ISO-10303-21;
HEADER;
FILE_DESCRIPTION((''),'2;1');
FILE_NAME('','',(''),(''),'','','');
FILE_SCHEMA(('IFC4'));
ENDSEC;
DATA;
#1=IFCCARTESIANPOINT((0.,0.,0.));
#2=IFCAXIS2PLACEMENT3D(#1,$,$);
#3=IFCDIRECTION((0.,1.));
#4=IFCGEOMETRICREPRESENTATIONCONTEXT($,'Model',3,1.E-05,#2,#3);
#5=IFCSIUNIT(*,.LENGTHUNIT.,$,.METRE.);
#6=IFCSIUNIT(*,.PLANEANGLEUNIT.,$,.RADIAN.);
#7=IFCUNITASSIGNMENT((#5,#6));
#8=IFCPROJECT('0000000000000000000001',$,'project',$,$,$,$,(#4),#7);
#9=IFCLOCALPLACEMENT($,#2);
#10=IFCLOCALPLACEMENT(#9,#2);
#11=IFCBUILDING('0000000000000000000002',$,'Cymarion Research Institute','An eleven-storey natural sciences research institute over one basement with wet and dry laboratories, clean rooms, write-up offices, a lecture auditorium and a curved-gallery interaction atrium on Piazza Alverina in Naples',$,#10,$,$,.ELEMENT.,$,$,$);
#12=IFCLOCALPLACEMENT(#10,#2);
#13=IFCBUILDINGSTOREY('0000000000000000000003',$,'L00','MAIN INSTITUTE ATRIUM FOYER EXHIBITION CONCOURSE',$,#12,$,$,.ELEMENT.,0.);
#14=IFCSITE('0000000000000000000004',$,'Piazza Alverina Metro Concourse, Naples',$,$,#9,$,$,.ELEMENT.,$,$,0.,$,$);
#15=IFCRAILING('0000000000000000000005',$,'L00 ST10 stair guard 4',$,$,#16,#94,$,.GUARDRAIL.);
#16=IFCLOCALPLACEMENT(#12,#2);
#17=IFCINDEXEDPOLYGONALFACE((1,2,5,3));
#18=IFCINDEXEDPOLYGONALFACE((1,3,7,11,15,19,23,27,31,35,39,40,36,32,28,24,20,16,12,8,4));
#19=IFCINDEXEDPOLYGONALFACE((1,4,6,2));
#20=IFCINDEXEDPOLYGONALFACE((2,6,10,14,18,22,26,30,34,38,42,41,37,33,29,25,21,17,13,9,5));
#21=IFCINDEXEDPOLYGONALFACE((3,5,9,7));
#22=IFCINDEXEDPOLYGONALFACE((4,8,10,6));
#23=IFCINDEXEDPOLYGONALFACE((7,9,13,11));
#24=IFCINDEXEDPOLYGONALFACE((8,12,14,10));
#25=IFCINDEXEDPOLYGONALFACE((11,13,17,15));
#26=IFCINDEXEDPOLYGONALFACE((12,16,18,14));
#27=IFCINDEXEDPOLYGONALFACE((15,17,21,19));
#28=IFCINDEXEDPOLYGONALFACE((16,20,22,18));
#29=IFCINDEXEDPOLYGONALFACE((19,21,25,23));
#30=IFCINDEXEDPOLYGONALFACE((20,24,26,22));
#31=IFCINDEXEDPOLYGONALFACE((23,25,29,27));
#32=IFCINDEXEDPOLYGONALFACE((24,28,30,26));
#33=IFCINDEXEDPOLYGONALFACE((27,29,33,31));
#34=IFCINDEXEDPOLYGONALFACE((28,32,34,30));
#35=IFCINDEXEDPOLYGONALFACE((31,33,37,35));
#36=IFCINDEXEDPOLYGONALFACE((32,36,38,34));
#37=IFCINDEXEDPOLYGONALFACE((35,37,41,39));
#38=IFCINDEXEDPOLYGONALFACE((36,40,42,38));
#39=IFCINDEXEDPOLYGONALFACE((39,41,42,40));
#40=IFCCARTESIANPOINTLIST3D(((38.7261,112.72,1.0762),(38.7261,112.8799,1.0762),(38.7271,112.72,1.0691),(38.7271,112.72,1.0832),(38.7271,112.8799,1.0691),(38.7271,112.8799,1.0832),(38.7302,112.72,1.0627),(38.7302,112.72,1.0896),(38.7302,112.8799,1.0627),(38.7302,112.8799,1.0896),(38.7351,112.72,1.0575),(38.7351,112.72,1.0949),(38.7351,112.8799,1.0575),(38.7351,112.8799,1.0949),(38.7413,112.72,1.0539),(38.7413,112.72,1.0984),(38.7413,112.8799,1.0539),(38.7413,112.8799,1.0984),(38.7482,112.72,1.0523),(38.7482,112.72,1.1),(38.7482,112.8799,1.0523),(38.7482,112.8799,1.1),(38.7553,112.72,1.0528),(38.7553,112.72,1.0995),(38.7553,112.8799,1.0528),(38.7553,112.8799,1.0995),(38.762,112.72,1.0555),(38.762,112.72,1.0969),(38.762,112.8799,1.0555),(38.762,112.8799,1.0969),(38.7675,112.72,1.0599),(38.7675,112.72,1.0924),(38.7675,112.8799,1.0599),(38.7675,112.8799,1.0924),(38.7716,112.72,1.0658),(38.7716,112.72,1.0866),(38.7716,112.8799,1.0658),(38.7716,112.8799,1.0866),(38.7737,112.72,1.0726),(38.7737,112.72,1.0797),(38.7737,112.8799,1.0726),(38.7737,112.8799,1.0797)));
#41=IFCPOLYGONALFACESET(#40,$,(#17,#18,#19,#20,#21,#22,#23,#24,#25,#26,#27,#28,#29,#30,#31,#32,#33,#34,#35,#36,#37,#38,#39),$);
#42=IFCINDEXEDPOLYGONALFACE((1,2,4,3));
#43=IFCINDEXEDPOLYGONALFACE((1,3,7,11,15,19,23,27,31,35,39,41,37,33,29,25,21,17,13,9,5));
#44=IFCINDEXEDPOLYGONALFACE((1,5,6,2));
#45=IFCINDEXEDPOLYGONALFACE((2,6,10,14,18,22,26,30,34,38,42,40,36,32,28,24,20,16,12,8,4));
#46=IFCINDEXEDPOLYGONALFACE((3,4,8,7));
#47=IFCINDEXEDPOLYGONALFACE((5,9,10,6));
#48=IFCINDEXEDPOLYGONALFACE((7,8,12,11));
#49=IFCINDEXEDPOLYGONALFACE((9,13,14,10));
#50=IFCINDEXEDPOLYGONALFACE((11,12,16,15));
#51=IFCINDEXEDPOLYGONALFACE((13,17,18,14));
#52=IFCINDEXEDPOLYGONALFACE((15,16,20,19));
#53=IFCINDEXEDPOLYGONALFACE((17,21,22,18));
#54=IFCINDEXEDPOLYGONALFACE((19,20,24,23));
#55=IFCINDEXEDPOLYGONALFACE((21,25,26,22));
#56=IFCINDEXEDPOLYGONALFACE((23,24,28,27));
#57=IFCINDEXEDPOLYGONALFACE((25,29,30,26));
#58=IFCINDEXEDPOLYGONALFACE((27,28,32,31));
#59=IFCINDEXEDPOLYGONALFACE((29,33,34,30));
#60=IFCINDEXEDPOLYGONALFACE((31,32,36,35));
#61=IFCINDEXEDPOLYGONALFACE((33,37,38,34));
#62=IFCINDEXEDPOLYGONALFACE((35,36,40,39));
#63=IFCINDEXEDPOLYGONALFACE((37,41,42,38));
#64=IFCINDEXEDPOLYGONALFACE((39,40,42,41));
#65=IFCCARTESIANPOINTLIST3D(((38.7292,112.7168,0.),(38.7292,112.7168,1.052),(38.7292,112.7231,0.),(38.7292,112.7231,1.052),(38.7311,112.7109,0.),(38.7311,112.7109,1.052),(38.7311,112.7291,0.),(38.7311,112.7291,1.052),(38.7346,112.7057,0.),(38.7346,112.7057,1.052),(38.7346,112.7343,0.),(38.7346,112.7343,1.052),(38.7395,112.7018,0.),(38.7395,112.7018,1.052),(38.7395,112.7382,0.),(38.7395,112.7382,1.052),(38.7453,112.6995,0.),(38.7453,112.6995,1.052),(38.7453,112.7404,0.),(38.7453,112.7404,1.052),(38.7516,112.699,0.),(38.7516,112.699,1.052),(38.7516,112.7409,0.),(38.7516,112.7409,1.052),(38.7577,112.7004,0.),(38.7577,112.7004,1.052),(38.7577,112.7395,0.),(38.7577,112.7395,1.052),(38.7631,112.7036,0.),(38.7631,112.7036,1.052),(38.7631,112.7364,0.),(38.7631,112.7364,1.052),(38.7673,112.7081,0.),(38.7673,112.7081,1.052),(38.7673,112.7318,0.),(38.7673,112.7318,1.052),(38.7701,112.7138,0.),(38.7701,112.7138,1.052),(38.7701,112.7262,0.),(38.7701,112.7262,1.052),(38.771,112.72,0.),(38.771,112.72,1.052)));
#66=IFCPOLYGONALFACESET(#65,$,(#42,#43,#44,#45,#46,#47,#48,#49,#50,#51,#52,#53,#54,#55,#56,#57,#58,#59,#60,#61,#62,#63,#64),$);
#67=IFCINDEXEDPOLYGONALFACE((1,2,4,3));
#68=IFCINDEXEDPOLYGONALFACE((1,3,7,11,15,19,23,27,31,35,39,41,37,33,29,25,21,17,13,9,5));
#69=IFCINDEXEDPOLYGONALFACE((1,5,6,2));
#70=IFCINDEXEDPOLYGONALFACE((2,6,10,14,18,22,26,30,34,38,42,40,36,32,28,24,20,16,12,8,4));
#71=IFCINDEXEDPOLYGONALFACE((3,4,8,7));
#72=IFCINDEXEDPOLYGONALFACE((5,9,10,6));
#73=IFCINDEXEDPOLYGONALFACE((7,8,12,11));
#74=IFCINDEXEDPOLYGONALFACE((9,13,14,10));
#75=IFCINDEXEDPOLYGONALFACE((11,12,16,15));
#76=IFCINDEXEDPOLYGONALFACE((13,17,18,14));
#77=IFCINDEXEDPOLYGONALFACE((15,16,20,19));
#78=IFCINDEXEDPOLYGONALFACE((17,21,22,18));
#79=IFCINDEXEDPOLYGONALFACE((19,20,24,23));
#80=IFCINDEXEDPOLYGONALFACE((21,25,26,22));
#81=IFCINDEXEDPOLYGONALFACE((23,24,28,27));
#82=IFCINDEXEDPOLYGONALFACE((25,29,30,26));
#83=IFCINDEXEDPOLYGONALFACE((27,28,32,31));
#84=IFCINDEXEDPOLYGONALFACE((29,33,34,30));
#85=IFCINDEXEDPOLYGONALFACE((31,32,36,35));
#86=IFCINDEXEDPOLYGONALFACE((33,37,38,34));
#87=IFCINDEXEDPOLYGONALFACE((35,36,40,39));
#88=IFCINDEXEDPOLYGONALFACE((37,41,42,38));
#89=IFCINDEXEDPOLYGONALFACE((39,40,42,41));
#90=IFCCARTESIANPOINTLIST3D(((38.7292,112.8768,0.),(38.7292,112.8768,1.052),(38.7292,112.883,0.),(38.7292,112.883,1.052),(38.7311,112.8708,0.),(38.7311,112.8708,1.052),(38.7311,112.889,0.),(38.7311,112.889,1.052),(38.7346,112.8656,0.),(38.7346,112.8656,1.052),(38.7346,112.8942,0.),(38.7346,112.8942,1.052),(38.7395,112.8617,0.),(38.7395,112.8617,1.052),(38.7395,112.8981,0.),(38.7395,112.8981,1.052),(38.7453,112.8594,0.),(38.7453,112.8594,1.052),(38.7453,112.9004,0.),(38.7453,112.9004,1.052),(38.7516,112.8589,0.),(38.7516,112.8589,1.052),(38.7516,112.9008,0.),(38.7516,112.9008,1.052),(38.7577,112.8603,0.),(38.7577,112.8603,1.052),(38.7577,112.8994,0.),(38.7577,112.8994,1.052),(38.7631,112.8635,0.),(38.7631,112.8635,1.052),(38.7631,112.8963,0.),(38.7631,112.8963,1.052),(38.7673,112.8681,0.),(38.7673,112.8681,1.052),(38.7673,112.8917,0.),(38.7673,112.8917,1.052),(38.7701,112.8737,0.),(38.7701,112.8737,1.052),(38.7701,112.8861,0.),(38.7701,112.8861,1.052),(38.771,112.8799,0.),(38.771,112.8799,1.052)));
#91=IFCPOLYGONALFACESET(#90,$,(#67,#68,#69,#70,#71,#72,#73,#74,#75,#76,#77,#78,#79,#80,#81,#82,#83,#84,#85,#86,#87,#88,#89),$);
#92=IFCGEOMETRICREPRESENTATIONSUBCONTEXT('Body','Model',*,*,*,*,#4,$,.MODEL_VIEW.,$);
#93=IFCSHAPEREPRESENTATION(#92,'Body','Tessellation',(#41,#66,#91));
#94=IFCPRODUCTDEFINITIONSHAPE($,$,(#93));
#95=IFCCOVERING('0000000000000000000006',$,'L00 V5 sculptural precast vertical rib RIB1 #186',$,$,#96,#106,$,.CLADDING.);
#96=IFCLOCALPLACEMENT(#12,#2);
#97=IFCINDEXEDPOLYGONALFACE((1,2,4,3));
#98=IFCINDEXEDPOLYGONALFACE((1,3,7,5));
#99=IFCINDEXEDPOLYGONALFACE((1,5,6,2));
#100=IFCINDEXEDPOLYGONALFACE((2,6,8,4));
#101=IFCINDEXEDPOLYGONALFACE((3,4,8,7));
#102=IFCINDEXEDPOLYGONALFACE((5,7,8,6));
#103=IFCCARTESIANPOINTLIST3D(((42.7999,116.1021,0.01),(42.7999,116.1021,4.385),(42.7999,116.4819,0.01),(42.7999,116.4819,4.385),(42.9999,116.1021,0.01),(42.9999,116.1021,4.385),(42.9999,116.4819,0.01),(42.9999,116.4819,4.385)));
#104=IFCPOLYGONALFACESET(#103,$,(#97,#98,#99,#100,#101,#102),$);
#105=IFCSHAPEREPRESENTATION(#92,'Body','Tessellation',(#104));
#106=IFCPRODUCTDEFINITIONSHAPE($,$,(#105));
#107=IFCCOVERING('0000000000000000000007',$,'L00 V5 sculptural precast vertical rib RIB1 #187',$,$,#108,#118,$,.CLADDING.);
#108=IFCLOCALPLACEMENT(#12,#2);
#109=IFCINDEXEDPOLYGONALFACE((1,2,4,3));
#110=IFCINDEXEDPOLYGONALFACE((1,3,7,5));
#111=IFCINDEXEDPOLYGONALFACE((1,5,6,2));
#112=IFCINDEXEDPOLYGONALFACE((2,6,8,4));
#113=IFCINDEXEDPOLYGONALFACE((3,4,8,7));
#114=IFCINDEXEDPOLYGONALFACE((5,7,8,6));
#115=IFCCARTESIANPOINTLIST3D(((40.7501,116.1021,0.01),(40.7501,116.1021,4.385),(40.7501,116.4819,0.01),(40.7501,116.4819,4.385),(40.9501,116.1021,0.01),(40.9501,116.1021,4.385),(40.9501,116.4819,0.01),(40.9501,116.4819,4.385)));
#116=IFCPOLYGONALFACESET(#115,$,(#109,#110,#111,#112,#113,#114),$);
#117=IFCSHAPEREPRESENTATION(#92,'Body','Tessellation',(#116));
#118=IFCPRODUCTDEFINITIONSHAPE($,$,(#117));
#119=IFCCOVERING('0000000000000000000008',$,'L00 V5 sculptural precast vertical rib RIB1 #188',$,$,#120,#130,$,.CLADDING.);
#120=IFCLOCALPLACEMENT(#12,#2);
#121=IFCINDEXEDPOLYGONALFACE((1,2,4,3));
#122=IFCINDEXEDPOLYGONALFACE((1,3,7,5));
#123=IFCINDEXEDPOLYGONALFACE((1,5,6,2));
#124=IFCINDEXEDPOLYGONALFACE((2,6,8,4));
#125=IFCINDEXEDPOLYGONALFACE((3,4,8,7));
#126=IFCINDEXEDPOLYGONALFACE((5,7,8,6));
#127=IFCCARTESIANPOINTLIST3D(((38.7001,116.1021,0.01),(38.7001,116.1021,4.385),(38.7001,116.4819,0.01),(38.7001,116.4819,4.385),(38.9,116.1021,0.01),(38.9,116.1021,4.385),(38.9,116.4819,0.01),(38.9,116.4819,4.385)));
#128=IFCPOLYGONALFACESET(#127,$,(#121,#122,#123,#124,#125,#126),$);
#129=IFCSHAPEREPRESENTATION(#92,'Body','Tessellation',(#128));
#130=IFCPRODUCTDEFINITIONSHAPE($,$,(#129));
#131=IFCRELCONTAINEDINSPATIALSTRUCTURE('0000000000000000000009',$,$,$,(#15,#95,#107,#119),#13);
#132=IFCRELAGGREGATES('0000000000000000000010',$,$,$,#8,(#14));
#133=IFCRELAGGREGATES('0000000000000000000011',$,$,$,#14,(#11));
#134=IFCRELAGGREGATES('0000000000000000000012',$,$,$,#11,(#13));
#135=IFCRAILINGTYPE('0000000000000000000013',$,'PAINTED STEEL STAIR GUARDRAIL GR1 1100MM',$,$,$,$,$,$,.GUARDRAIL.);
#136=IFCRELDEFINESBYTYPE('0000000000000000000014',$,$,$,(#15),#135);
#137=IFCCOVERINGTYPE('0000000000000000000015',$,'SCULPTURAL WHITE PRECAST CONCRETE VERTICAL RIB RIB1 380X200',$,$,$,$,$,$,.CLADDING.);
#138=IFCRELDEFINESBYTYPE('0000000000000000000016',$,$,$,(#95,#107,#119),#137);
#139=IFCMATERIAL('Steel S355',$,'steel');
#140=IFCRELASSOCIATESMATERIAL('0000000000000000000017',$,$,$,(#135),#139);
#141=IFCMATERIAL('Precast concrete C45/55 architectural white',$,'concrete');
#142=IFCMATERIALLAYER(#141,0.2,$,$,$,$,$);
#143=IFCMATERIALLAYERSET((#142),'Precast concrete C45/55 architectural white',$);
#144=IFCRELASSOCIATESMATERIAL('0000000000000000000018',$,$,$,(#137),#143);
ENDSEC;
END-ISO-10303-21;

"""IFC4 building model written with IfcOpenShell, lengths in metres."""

from ifc_helpers import new_model, si_unit, direction, frame, origin, origin_2d, place, context, subcontext, project, spatial, rectangle, circle, extrude, material, layer, layer_set, type_object, element, save


model = new_model("IFC4")

# Units and contexts
model_context = context("Model", 3, precision=1e-05, world=origin(), true_north=direction((0.0, 1.0)))
body_context = subcontext(model_context, "Body", "Model", "MODEL_VIEW")
ifc_project = project(units=[si_unit("LENGTHUNIT", "METRE"), si_unit("PLANEANGLEUNIT", "RADIAN")], contexts=[model_context])

# Site, building, storey
site_placement = place(None, origin())
site = spatial("IfcSite", under=ifc_project, at=site_placement, Name="Piazza Alverina Metro Concourse, Naples", CompositionType="ELEMENT", RefElevation=0.0)
building_placement = place(site_placement, origin())
building = spatial("IfcBuilding", under=site, at=building_placement, Name="Cymarion Research Institute", Description="An eleven-storey natural sciences research institute over one basement with wet and dry laboratories, clean rooms, write-up offices, a lecture auditorium and a curved-gallery interaction atrium on Piazza Alverina in Naples", CompositionType="ELEMENT")
storey_placement = place(building_placement, origin())
storey = spatial("IfcBuildingStorey", under=building, at=storey_placement, Name="L00", Description="MAIN INSTITUTE ATRIUM FOYER EXHIBITION CONCOURSE", CompositionType="ELEMENT", Elevation=0.0)

# Shared definitions
ifc_material_1 = material(Name="Steel S355", Category="steel")

# Railing
railing_type_1 = type_object("IfcRailingType", Name="PAINTED STEEL STAIR GUARDRAIL GR1 1100MM", PredefinedType="GUARDRAIL", material=ifc_material_1)
railing_1_placement = place(storey_placement, frame((38.75, 112.72, 0.0)))
element("IfcRailing", 1, at=railing_1_placement, inside=storey, type_object=railing_type_1, Name="L00 ST10 stair guard 4", PredefinedType="GUARDRAIL", context=body_context, shape_type="SweptSolid", body=[
    extrude(circle(Radius=0.0239, at=origin_2d()), frame((0.0, 0.0, 1.0762), z_axis=(0.0, 1.0, 0.0), x_axis=(-1.0, 0.0, 0.0)), (0.0, 0.0, 1.0), 0.1599),
    extrude(circle(Radius=0.021, at=origin_2d()), origin(), (0.0, 0.0, 1.0), 1.052),
    extrude(circle(Radius=0.021, at=origin_2d()), frame((0.0, 0.1599, 0.0)), (0.0, 0.0, 1.0), 1.052),
])

# Coverings
ifc_material_2 = material(Name="Precast concrete C45/55 architectural white", Category="concrete")
ifc_layer_1 = layer(ifc_material_2, 0.2)
ifc_layer_set_1 = layer_set([ifc_layer_1], Name="Precast concrete C45/55 architectural white")
covering_type = type_object("IfcCoveringType", Name="SCULPTURAL WHITE PRECAST CONCRETE VERTICAL RIB RIB1 380X200", PredefinedType="CLADDING", material=ifc_layer_set_1)
for number, where, z_axis, x_axis, name in (
    (2, (42.8999, 116.292, 0.01), (0.0, 0.0, 1.0), (0.0, 1.0, 0.0), "L00 V5 sculptural precast vertical rib RIB1 #186"),
    (3, (40.8501, 116.292, 0.01), (0.0, 0.0, 1.0), (0.0, 1.0, 0.0), "L00 V5 sculptural precast vertical rib RIB1 #187"),
    (4, (38.8, 116.292, 0.01), (0.0, 0.0, 1.0), (0.0, 1.0, 0.0), "L00 V5 sculptural precast vertical rib RIB1 #188"),
):
    element("IfcCovering", number, at=place(storey_placement, frame(where, z_axis=z_axis, x_axis=x_axis)), inside=storey, type_object=covering_type, Name=name, PredefinedType="CLADDING", context=body_context, shape_type="SweptSolid", body=[
        extrude(rectangle(XDim=0.3799, YDim=0.2, at=origin_2d()), origin(), (0.0, 0.0, 1.0), 4.375),
    ])

save(model, "model.ifc")
